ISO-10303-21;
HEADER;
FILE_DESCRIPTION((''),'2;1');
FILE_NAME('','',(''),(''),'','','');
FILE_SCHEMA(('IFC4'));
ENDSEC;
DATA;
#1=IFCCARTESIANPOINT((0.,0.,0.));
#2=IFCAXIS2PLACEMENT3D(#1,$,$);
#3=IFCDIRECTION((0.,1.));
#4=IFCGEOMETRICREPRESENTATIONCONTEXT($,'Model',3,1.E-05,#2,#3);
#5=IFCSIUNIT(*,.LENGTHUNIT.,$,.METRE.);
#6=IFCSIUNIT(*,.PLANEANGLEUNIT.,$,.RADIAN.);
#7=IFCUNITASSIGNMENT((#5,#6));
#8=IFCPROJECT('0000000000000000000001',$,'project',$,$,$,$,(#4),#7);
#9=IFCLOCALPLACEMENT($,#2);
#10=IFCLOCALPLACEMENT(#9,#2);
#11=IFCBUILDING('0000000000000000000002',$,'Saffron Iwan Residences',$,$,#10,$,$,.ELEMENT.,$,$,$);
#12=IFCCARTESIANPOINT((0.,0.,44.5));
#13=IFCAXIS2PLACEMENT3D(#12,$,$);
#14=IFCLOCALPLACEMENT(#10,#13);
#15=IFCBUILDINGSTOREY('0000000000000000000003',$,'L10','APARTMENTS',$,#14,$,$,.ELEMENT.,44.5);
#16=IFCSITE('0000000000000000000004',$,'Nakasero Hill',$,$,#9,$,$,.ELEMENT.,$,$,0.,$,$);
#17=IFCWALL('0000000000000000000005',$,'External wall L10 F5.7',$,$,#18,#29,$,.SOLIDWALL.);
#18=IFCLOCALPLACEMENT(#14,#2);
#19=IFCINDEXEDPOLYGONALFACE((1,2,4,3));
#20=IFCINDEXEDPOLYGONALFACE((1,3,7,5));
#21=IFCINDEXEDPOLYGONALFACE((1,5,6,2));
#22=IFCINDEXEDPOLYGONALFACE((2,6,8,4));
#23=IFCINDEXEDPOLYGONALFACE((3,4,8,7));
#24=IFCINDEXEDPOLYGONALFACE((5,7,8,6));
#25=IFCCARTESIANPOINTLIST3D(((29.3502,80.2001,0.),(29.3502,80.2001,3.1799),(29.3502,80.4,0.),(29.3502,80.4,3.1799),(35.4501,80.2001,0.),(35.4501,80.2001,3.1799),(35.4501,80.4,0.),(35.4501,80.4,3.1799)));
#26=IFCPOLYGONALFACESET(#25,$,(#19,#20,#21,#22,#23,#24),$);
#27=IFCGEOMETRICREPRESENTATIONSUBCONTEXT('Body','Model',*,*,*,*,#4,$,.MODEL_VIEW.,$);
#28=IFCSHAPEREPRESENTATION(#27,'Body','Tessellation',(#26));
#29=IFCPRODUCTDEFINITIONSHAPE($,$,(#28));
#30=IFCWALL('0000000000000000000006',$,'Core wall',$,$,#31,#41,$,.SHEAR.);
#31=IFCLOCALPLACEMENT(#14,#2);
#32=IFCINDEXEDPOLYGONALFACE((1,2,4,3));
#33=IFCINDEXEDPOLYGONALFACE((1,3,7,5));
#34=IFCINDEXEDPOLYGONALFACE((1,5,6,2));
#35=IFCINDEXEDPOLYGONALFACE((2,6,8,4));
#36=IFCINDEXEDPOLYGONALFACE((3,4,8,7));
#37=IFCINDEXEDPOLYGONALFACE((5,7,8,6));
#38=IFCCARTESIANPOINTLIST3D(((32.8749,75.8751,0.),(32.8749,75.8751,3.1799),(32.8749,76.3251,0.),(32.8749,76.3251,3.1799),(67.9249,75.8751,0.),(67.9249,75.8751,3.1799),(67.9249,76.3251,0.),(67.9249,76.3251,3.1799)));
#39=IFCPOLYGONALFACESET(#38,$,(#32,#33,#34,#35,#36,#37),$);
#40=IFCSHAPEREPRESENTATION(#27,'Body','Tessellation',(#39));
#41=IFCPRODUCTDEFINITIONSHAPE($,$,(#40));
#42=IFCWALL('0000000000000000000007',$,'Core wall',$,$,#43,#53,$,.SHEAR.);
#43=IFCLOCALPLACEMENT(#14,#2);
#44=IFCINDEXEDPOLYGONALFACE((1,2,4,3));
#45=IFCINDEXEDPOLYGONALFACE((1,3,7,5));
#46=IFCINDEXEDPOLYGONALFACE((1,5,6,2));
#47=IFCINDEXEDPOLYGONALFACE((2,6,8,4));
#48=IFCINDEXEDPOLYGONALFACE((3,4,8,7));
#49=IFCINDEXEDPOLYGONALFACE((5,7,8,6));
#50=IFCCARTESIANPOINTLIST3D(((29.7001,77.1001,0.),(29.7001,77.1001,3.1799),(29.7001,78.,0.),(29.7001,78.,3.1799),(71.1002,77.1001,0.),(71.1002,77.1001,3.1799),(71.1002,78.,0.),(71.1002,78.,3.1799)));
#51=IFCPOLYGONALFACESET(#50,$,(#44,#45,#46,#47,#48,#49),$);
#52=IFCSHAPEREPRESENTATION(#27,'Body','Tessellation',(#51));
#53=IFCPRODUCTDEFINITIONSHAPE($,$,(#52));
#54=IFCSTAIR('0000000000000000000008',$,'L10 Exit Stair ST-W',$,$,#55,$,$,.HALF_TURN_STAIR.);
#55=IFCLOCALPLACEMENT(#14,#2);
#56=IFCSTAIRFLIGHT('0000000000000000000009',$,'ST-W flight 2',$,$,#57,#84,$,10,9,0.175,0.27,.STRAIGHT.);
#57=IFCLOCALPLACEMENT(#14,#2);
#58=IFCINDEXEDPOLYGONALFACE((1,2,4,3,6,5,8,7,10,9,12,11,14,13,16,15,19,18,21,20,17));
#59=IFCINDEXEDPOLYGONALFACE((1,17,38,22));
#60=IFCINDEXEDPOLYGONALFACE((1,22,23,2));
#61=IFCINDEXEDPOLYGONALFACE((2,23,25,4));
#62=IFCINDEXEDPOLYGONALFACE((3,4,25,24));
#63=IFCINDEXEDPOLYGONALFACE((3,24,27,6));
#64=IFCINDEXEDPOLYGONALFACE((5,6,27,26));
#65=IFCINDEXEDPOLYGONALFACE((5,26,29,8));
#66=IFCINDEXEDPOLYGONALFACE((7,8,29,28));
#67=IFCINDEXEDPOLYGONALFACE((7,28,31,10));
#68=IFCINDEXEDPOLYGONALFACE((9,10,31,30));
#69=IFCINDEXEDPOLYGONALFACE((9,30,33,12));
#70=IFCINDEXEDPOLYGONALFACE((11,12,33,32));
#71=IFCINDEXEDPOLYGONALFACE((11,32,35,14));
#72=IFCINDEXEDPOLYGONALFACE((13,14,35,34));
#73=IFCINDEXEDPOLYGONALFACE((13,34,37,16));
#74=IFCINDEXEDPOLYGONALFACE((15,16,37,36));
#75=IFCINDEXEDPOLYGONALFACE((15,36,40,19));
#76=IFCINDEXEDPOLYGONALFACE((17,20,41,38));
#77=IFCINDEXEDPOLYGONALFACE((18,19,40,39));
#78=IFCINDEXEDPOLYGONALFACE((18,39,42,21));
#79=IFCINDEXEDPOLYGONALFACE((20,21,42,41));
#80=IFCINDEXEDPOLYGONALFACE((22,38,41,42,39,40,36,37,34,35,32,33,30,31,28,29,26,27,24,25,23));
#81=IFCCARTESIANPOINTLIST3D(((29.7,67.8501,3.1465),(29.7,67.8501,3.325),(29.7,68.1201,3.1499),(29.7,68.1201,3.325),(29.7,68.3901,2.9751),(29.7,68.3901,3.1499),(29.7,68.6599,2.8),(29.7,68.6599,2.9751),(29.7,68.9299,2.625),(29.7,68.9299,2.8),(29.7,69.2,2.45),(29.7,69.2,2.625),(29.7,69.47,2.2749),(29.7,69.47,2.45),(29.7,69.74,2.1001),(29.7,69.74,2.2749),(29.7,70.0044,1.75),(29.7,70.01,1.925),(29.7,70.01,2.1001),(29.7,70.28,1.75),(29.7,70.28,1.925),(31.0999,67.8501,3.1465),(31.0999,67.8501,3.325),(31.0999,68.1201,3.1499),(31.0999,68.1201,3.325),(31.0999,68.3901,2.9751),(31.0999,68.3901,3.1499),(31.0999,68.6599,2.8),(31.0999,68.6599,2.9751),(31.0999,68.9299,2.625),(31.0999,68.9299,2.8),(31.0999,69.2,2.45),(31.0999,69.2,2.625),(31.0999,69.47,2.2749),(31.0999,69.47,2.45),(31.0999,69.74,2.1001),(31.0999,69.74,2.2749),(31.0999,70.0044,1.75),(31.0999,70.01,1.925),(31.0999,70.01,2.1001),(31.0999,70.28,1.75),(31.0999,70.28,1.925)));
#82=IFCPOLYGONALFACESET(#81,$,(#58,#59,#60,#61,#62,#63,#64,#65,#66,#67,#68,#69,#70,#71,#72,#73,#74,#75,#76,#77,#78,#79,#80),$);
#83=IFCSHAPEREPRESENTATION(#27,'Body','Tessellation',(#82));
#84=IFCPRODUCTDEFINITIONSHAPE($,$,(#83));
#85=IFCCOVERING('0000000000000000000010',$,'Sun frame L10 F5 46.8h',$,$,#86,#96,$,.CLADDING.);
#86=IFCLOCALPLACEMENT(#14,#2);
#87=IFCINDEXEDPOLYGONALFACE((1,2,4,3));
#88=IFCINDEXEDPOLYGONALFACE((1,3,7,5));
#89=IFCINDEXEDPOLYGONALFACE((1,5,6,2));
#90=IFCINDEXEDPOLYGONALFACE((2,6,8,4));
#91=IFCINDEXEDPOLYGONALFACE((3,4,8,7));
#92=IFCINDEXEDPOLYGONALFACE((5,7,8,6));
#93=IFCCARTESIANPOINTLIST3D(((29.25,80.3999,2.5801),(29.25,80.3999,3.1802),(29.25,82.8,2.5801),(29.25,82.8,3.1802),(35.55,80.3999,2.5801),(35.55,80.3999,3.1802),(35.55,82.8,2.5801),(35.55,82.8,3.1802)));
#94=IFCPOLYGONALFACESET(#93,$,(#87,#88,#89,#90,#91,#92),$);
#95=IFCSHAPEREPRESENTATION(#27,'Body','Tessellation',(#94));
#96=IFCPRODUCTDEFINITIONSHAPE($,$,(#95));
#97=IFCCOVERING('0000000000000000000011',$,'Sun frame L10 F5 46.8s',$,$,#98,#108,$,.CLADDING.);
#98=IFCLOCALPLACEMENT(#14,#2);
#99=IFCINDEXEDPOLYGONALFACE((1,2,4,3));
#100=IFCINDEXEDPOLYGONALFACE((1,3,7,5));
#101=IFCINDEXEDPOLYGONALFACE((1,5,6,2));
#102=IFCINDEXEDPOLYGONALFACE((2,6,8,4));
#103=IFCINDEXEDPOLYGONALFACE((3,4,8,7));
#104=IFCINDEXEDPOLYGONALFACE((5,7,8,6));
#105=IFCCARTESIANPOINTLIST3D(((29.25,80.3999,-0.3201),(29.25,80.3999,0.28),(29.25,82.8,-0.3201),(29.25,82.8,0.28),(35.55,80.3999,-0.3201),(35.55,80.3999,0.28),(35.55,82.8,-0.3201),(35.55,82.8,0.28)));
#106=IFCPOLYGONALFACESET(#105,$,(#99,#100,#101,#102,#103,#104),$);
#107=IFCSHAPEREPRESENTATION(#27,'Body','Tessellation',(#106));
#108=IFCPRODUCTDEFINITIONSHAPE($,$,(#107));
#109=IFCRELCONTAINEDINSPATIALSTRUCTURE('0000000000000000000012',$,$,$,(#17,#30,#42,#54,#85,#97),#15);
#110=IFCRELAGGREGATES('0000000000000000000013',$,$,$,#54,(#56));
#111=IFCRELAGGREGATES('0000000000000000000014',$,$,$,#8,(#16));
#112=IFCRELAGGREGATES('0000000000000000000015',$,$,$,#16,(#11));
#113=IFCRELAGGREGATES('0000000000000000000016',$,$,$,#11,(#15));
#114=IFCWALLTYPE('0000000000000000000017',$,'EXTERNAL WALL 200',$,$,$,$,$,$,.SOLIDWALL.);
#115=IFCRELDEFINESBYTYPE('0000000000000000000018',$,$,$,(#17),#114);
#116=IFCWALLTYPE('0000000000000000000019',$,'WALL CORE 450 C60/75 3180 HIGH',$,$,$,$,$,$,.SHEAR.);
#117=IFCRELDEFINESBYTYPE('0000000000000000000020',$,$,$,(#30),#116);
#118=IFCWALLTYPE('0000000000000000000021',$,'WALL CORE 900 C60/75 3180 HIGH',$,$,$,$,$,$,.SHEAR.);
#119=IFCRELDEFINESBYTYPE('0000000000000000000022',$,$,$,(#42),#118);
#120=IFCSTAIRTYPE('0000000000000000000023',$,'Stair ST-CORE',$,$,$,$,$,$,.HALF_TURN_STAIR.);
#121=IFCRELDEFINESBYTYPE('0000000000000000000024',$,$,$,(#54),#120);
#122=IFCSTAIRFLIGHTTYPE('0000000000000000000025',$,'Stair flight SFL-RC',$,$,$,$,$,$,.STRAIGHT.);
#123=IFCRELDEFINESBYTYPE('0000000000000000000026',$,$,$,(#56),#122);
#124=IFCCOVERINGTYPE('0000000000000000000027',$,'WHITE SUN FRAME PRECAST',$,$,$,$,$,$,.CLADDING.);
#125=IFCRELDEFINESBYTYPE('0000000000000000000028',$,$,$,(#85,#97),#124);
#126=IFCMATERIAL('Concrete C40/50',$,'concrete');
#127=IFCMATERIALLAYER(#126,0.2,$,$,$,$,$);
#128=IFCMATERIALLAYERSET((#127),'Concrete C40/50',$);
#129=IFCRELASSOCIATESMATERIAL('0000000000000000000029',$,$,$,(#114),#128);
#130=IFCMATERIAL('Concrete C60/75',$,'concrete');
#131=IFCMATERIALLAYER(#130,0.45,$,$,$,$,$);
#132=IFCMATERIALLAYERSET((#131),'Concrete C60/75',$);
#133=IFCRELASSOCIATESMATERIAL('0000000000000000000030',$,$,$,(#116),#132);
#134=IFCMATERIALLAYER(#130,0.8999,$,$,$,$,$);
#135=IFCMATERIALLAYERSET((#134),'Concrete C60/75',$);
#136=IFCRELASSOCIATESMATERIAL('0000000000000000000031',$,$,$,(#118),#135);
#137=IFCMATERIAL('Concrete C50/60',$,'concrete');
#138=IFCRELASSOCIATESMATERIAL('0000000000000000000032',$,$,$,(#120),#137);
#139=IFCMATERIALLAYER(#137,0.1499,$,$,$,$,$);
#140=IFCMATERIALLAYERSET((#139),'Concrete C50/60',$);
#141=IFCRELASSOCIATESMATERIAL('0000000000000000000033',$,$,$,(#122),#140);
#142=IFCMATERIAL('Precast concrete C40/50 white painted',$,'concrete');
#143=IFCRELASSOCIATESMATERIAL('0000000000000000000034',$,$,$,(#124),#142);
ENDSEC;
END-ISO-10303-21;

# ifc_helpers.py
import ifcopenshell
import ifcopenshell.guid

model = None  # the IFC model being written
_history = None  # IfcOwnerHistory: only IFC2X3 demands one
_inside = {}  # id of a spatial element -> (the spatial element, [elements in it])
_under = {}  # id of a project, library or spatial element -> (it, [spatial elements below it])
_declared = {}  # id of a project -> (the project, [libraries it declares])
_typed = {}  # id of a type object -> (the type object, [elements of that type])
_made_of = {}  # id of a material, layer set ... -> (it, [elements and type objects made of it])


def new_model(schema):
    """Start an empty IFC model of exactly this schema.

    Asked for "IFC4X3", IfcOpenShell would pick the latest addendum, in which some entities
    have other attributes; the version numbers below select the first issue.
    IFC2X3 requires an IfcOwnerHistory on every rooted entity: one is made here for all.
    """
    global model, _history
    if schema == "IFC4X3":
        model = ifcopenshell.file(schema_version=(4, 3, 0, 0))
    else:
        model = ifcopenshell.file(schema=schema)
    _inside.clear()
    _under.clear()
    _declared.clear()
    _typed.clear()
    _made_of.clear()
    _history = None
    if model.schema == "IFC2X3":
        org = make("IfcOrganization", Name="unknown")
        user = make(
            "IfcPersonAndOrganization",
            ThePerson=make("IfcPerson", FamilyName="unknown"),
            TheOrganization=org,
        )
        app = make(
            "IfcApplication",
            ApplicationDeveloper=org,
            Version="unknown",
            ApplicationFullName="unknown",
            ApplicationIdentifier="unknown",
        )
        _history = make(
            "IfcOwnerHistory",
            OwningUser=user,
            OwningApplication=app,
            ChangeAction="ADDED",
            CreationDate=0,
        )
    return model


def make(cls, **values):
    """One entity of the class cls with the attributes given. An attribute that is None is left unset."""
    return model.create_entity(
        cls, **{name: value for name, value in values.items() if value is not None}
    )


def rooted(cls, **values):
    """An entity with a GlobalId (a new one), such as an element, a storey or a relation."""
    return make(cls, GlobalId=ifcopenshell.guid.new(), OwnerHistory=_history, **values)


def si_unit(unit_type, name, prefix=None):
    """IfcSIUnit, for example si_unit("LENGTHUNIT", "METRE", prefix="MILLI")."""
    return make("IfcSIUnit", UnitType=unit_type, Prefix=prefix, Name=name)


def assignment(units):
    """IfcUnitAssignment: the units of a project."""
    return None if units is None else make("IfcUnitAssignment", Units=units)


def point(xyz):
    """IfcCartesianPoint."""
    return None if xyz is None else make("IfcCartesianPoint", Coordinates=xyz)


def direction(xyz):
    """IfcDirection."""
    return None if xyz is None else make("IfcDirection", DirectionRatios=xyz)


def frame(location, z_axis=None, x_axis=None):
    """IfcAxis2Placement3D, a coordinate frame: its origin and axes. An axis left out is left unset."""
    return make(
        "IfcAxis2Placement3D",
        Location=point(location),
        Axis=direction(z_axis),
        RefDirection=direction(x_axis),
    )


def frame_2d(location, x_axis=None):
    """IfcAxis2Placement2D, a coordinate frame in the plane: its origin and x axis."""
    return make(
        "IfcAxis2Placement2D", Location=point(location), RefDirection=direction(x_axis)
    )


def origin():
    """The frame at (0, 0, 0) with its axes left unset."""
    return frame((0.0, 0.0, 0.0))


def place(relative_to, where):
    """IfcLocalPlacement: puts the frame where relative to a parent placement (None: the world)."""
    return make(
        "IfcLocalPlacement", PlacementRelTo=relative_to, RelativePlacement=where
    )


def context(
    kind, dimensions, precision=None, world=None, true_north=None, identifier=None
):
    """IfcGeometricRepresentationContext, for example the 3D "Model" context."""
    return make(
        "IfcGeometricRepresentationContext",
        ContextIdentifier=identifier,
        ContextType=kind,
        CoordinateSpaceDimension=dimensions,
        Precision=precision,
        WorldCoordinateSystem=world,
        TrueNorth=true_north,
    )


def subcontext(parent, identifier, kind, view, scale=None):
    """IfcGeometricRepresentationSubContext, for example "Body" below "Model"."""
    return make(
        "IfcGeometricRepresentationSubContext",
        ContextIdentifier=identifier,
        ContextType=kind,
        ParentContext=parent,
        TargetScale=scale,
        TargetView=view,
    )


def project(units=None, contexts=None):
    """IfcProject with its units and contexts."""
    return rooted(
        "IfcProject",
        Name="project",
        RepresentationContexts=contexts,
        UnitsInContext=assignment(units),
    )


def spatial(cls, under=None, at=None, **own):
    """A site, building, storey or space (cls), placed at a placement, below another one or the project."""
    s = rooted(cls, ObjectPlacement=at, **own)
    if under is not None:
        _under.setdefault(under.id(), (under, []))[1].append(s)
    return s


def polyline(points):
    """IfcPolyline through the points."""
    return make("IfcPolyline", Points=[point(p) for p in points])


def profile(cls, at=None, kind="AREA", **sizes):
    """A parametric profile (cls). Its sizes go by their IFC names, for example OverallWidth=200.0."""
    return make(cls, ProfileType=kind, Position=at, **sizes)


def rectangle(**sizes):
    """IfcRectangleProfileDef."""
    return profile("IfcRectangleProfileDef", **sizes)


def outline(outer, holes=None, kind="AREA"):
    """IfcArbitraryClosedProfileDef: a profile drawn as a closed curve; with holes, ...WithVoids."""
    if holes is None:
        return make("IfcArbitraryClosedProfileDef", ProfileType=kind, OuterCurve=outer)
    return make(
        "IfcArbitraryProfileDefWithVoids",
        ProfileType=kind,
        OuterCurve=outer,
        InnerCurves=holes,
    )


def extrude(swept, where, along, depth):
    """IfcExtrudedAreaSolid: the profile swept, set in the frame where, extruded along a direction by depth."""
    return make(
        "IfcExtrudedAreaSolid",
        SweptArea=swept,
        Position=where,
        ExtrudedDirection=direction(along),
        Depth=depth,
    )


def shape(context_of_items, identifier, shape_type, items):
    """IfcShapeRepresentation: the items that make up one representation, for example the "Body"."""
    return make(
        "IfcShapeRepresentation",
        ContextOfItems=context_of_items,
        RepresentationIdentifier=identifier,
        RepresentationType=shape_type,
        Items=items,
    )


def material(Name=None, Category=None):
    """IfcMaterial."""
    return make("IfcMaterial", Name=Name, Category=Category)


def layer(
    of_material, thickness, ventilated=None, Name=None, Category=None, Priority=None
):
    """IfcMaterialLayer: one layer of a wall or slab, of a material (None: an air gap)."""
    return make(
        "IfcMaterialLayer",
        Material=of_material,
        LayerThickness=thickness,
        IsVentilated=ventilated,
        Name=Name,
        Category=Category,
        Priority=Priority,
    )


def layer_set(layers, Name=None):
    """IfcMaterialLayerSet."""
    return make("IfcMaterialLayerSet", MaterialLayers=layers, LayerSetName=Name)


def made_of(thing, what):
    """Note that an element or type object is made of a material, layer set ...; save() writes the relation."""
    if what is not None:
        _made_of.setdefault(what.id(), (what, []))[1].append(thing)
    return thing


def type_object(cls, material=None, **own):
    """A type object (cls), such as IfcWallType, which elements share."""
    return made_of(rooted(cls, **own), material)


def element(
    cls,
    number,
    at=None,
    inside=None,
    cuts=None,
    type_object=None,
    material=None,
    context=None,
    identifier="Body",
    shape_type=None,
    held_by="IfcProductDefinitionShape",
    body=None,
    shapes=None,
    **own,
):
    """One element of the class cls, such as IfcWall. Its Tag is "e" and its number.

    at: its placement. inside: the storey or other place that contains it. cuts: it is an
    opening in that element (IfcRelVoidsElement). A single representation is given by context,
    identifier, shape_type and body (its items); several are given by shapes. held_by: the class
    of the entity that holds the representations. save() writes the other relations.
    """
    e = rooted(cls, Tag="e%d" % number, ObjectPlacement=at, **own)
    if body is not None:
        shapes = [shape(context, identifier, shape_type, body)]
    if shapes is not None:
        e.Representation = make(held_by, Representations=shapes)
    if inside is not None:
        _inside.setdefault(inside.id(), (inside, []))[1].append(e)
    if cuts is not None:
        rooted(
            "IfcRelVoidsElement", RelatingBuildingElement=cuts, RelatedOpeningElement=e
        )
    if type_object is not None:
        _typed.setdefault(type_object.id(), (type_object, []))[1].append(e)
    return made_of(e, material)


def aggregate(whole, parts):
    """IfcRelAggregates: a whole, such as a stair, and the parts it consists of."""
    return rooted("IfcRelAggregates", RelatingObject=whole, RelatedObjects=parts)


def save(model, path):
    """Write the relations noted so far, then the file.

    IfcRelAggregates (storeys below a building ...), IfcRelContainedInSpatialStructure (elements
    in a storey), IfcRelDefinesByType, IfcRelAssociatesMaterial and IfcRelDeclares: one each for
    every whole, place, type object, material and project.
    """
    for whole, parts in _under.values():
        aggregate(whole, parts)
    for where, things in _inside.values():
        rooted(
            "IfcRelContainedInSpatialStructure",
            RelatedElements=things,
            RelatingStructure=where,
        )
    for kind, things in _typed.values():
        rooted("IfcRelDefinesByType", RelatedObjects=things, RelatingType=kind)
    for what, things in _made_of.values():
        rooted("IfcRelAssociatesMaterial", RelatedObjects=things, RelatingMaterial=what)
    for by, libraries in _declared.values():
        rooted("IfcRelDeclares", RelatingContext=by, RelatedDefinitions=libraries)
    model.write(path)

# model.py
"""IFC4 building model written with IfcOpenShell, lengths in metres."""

from ifc_helpers import new_model, si_unit, direction, frame, frame_2d, origin, place, context, subcontext, project, spatial, polyline, rectangle, outline, extrude, material, layer, layer_set, type_object, element, aggregate, save


model = new_model("IFC4")

# Units and contexts
model_context = context("Model", 3, precision=1e-05, world=origin(), true_north=direction((0.0, 1.0)))
body_context = subcontext(model_context, "Body", "Model", "MODEL_VIEW")
ifc_project = project(units=[si_unit("LENGTHUNIT", "METRE"), si_unit("PLANEANGLEUNIT", "RADIAN")], contexts=[model_context])

# Site, building, storey
site_placement = place(None, origin())
site = spatial("IfcSite", under=ifc_project, at=site_placement, Name="Nakasero Hill", CompositionType="ELEMENT", RefElevation=0.0)
building_placement = place(site_placement, origin())
building = spatial("IfcBuilding", under=site, at=building_placement, Name="Saffron Iwan Residences", CompositionType="ELEMENT")
storey_placement = place(building_placement, frame((0.0, 0.0, 44.5)))
storey = spatial("IfcBuildingStorey", under=building, at=storey_placement, Name="L10", Description="APARTMENTS", CompositionType="ELEMENT", Elevation=44.5)

# Wall
ifc_material_1 = material(Name="Concrete C40/50", Category="concrete")
ifc_layer_1 = layer(ifc_material_1, 0.2)
ifc_layer_set_1 = layer_set([ifc_layer_1], Name="Concrete C40/50")
wall_type_1 = type_object("IfcWallType", Name="EXTERNAL WALL 200", PredefinedType="SOLIDWALL", material=ifc_layer_set_1)
wall_1_placement = place(storey_placement, frame((35.45, 80.3, 0.0), z_axis=(0.0, 0.0, 1.0), x_axis=(-1.0, 0.0, 0.0)))
element("IfcWall", 1, at=wall_1_placement, inside=storey, type_object=wall_type_1, Name="External wall L10 F5.7", PredefinedType="SOLIDWALL", context=body_context, shape_type="SweptSolid", body=[
    extrude(rectangle(XDim=6.0999, YDim=0.2, at=frame_2d((3.0498, 0.0))), origin(), (0.0, 0.0, 1.0), 3.1799),
])

# Shared definitions
ifc_material_2 = material(Name="Concrete C60/75", Category="concrete")
ifc_layer_2 = layer(ifc_material_2, 0.45)
ifc_layer_set_2 = layer_set([ifc_layer_2], Name="Concrete C60/75")
wall_type_2 = type_object("IfcWallType", Name="WALL CORE 450 C60/75 3180 HIGH", PredefinedType="SHEAR", material=ifc_layer_set_2)

# Walls
wall_2_placement = place(storey_placement, frame((32.875, 76.1001, 0.0), z_axis=(0.0, 0.0, 1.0), x_axis=(1.0, 0.0, 0.0)))
element("IfcWall", 2, at=wall_2_placement, inside=storey, type_object=wall_type_2, Name="Core wall", PredefinedType="SHEAR", context=body_context, shape_type="SweptSolid", body=[
    extrude(rectangle(XDim=35.05, YDim=0.45, at=frame_2d((17.5249, 0.0))), origin(), (0.0, 0.0, 1.0), 3.1799),
])
ifc_layer_3 = layer(ifc_material_2, 0.8999)
ifc_layer_set_3 = layer_set([ifc_layer_3], Name="Concrete C60/75")
wall_type_3 = type_object("IfcWallType", Name="WALL CORE 900 C60/75 3180 HIGH", PredefinedType="SHEAR", material=ifc_layer_set_3)
wall_3_placement = place(storey_placement, frame((29.7, 77.55, 0.0), z_axis=(0.0, 0.0, 1.0), x_axis=(1.0, 0.0, 0.0)))
element("IfcWall", 3, at=wall_3_placement, inside=storey, type_object=wall_type_3, Name="Core wall", PredefinedType="SHEAR", context=body_context, shape_type="SweptSolid", body=[
    extrude(rectangle(XDim=41.4001, YDim=0.8999, at=frame_2d((20.7002, 0.0))), origin(), (0.0, 0.0, 1.0), 3.1799),
])

# Stair, stair flight
ifc_material_3 = material(Name="Concrete C50/60", Category="concrete")
stair_type = type_object("IfcStairType", Name="Stair ST-CORE", PredefinedType="HALF_TURN_STAIR", material=ifc_material_3)
stair_placement = place(storey_placement, origin())
stair = element("IfcStair", 4, at=stair_placement, inside=storey, type_object=stair_type, Name="L10 Exit Stair ST-W", PredefinedType="HALF_TURN_STAIR")
ifc_layer_4 = layer(ifc_material_3, 0.1499)
ifc_layer_set_4 = layer_set([ifc_layer_4], Name="Concrete C50/60")
stair_flight_type = type_object("IfcStairFlightType", Name="Stair flight SFL-RC", PredefinedType="STRAIGHT", material=ifc_layer_set_4)
stair_flight_placement = place(storey_placement, frame((30.3999, 70.28, 1.75), z_axis=(0.0, 0.0, 1.0), x_axis=(0.0, -1.0, 0.0)))
stair_flight = element("IfcStairFlight", 5, at=stair_flight_placement, type_object=stair_flight_type, Name="ST-W flight 2", NumberOfRisers=10, NumberOfTreads=9, PredefinedType="STRAIGHT", RiserHeight=0.175, TreadLength=0.27, context=body_context, shape_type="SweptSolid", body=[
    extrude(outline(polyline([(0.0, 0.0), (0.0, 0.175), (0.27, 0.175), (0.27, 0.3501), (0.54, 0.3501), (0.54, 0.5249), (0.8101, 0.5249), (0.8101, 0.7), (1.0801, 0.7), (1.0801, 0.875), (1.3501, 0.875), (1.3501, 1.05), (1.6201, 1.05), (1.6201, 1.2251), (1.8899, 1.2251), (1.8899, 1.3999), (2.1599, 1.3999), (2.1599, 1.575), (2.4299, 1.575), (2.4299, 1.75), (2.4299, 1.3965), (0.2756, 0.0), (0.0, 0.0)])), frame((0.0, 0.7, 0.0), z_axis=(0.0, -1.0, 0.0), x_axis=(1.0, 0.0, 0.0)), (0.0, 0.0, 1.0), 1.3999),
])
aggregate(stair, [stair_flight])

# Coverings
ifc_material_4 = material(Name="Precast concrete C40/50 white painted", Category="concrete")
covering_type = type_object("IfcCoveringType", Name="WHITE SUN FRAME PRECAST", PredefinedType="CLADDING", material=ifc_material_4)
for number, where, z_axis, x_axis, name in (
    (6, (35.55, 80.3999, 2.5801), (0.0, 1.0, 0.0), (-1.0, 0.0, 0.0), "Sun frame L10 F5 46.8h"),
    (7, (35.55, 80.3999, -0.3201), (0.0, 1.0, 0.0), (-1.0, 0.0, 0.0), "Sun frame L10 F5 46.8s"),
):
    element("IfcCovering", number, at=place(storey_placement, frame(where, z_axis=z_axis, x_axis=x_axis)), inside=storey, type_object=covering_type, Name=name, PredefinedType="CLADDING", context=body_context, shape_type="SweptSolid", body=[
        extrude(outline(polyline([(0.0, 0.0), (6.3, 0.0), (6.3, 0.6001), (0.0, 0.6001), (0.0, 0.0)])), origin(), (0.0, 0.0, 1.0), 2.4001),
    ])

save(model, "model.ifc")
